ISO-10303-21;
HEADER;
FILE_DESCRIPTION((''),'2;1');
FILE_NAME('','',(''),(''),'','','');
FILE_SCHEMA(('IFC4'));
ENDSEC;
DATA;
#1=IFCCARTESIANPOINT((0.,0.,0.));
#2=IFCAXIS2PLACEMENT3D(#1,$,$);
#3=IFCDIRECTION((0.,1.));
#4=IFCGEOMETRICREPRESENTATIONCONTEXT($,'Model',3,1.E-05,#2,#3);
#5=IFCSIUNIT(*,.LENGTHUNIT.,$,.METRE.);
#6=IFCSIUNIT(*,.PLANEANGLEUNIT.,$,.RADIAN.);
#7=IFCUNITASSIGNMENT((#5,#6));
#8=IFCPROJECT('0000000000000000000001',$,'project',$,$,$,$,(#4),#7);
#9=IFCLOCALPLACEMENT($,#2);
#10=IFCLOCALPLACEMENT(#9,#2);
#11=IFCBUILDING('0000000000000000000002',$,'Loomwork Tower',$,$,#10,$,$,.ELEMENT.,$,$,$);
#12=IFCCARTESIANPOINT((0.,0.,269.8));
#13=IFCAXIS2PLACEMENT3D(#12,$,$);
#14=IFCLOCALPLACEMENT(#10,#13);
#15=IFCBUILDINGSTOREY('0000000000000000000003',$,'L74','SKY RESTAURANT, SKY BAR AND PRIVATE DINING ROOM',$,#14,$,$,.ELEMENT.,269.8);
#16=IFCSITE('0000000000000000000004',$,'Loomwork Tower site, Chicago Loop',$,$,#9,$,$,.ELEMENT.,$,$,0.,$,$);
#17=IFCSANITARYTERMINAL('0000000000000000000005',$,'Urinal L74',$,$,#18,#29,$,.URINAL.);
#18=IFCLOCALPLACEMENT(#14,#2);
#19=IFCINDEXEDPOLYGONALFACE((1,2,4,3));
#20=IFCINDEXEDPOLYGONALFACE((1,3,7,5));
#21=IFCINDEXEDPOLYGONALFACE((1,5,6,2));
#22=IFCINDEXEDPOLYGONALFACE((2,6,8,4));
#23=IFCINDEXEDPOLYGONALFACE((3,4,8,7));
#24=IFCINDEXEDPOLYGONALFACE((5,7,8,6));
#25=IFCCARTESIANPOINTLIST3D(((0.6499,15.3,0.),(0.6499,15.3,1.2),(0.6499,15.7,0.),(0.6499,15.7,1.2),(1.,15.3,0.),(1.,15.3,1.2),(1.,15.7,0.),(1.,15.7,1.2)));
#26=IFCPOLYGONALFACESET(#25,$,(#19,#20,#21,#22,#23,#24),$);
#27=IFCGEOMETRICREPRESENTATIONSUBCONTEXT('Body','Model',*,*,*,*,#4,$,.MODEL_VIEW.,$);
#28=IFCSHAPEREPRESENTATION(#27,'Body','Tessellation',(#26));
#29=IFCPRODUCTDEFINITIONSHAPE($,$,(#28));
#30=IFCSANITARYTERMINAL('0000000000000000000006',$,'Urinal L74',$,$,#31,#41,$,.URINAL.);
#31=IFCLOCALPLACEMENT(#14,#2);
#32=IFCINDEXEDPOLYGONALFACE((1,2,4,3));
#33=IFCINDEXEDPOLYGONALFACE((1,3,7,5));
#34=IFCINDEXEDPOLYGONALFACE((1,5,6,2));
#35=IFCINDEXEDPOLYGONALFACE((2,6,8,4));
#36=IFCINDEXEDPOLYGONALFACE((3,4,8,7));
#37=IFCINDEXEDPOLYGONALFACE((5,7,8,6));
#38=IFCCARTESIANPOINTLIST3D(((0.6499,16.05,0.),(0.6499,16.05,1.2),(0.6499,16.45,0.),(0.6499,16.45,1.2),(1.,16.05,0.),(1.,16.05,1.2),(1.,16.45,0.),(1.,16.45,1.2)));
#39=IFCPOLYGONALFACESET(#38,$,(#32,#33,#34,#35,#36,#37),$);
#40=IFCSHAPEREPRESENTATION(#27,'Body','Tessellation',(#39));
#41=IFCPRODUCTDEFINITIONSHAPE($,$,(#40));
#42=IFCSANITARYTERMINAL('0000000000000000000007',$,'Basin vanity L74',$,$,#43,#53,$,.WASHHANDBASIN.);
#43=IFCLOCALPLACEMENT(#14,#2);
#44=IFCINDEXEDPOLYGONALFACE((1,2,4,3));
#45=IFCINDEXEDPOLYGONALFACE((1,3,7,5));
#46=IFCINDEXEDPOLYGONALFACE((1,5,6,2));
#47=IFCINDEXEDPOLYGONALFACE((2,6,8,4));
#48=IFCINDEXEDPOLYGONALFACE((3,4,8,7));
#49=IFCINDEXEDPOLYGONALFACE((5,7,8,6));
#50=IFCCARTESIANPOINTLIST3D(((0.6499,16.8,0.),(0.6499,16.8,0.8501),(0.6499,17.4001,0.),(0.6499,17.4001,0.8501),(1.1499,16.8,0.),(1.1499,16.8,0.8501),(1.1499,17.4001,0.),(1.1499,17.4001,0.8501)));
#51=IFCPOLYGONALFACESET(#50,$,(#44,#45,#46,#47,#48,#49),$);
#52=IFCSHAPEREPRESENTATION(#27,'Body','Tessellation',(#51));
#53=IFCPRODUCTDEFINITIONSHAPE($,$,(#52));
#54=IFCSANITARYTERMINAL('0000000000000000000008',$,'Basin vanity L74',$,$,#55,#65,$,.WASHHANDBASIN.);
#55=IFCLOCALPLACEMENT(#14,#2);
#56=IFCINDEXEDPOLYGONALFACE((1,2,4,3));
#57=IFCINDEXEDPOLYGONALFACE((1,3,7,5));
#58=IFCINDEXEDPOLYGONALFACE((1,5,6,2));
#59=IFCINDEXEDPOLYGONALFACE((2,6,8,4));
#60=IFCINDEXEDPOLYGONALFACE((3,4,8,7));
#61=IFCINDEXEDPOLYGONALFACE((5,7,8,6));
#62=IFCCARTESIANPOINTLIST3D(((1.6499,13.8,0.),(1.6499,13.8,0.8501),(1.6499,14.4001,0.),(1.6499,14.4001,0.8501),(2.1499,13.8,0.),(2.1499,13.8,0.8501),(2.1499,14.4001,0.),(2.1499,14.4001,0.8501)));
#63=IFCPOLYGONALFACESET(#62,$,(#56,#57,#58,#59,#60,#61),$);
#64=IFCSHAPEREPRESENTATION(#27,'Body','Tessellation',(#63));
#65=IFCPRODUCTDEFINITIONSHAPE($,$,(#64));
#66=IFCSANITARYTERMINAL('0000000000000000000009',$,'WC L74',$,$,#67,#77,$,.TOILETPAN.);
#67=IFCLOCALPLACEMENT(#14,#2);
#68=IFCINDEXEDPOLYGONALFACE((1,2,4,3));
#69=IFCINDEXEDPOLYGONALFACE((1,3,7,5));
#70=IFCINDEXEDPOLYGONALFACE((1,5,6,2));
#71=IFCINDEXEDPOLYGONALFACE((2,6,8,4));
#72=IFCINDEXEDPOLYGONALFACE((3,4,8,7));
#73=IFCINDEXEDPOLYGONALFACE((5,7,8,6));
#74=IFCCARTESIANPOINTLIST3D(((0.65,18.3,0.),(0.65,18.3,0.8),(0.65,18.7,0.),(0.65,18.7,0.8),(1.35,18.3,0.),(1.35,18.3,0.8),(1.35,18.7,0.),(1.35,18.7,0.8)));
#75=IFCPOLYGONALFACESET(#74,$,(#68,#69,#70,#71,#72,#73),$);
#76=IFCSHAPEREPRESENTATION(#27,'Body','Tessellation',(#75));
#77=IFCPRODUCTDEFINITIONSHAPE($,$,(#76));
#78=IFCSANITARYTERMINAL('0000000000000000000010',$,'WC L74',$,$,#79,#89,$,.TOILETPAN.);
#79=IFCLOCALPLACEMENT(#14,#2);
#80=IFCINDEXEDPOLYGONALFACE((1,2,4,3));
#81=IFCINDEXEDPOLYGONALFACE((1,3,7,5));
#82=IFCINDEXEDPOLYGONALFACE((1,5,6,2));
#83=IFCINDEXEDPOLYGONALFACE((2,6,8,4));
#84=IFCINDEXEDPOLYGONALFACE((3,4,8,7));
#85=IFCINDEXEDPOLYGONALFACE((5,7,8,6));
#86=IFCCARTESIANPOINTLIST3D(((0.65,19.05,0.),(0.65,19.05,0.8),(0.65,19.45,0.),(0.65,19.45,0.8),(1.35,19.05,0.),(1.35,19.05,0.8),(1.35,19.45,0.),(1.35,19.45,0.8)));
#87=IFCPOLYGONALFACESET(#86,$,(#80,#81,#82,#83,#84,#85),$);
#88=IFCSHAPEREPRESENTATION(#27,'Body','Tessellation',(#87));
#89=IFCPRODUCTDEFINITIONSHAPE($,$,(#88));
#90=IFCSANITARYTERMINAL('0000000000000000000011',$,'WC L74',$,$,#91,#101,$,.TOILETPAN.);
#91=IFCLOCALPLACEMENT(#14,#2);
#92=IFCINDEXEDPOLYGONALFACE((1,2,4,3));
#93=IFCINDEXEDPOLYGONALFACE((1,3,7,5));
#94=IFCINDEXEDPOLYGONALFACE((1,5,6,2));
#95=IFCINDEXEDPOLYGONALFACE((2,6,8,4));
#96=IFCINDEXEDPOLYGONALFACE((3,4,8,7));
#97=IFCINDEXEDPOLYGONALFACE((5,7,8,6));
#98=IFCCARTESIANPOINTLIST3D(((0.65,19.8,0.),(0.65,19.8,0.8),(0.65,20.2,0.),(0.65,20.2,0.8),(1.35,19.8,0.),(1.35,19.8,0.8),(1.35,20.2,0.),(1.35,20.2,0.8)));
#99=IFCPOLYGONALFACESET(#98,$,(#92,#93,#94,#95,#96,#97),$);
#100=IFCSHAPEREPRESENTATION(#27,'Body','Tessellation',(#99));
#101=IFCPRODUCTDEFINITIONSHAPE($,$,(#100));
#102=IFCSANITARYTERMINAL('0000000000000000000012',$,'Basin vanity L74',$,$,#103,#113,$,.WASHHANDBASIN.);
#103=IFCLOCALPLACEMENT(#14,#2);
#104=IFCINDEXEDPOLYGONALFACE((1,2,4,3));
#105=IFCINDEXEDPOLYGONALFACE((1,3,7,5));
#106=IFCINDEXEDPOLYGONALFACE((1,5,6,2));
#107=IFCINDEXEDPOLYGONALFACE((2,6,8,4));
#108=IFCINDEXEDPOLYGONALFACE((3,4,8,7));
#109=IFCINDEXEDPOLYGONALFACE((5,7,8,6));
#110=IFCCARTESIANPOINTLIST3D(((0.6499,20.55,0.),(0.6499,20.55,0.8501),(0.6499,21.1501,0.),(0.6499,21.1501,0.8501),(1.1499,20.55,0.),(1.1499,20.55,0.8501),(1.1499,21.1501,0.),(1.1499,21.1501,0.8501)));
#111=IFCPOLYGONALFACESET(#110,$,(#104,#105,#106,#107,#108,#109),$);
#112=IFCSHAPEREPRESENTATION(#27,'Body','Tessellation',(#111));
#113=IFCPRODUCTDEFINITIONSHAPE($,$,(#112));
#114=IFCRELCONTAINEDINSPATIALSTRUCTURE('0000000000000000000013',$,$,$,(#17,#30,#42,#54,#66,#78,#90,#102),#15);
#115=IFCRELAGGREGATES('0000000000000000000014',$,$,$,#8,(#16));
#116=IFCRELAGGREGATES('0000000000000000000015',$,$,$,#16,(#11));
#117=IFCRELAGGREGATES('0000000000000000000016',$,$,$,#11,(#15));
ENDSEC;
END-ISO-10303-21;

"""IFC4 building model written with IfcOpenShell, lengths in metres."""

from ifc_helpers import new_model, si_unit, direction, frame, origin, origin_2d, place, context, subcontext, project, spatial, rectangle, extrude, element, save


model = new_model("IFC4")

# Units and contexts
model_context = context("Model", 3, precision=1e-05, world=origin(), true_north=direction((0.0, 1.0)))
body_context = subcontext(model_context, "Body", "Model", "MODEL_VIEW")
ifc_project = project(units=[si_unit("LENGTHUNIT", "METRE"), si_unit("PLANEANGLEUNIT", "RADIAN")], contexts=[model_context])

# Site, building, storey
site_placement = place(None, origin())
site = spatial("IfcSite", under=ifc_project, at=site_placement, Name="Loomwork Tower site, Chicago Loop", CompositionType="ELEMENT", RefElevation=0.0)
building_placement = place(site_placement, origin())
building = spatial("IfcBuilding", under=site, at=building_placement, Name="Loomwork Tower", CompositionType="ELEMENT")
storey_placement = place(building_placement, frame((0.0, 0.0, 269.8)))
storey = spatial("IfcBuildingStorey", under=building, at=storey_placement, Name="L74", Description="SKY RESTAURANT, SKY BAR AND PRIVATE DINING ROOM", CompositionType="ELEMENT", Elevation=269.8)

# Sanitary terminals
for number, where, z_axis, x_axis, name in (
    (1, (0.825, 15.5, 0.0), (0.0, 0.0, 1.0), (1.0, 0.0, 0.0), "Urinal L74"),
    (2, (0.825, 16.25, 0.0), (0.0, 0.0, 1.0), (1.0, 0.0, 0.0), "Urinal L74"),
):
    element("IfcSanitaryTerminal", number, at=place(storey_placement, frame(where, z_axis=z_axis, x_axis=x_axis)), inside=storey, Name=name, PredefinedType="URINAL", context=body_context, shape_type="SweptSolid", body=[
        extrude(rectangle(XDim=0.3501, YDim=0.3999, at=origin_2d()), origin(), (0.0, 0.0, 1.0), 1.2),
    ])
for number, where, z_axis, x_axis, name in (
    (3, (0.8999, 17.1001, 0.0), (0.0, 0.0, 1.0), (1.0, 0.0, 0.0), "Basin vanity L74"),
    (4, (1.8999, 14.1001, 0.0), (0.0, 0.0, 1.0), (1.0, 0.0, 0.0), "Basin vanity L74"),
):
    element("IfcSanitaryTerminal", number, at=place(storey_placement, frame(where, z_axis=z_axis, x_axis=x_axis)), inside=storey, Name=name, PredefinedType="WASHHANDBASIN", context=body_context, shape_type="SweptSolid", body=[
        extrude(rectangle(XDim=0.5, YDim=0.6001, at=origin_2d()), origin(), (0.0, 0.0, 1.0), 0.8501),
    ])
for number, where, z_axis, x_axis, name in (
    (5, (1.0, 18.5, 0.0), (0.0, 0.0, 1.0), (1.0, 0.0, 0.0), "WC L74"),
    (6, (1.0, 19.25, 0.0), (0.0, 0.0, 1.0), (1.0, 0.0, 0.0), "WC L74"),
    (7, (1.0, 20.0, 0.0), (0.0, 0.0, 1.0), (1.0, 0.0, 0.0), "WC L74"),
):
    element("IfcSanitaryTerminal", number, at=place(storey_placement, frame(where, z_axis=z_axis, x_axis=x_axis)), inside=storey, Name=name, PredefinedType="TOILETPAN", context=body_context, shape_type="SweptSolid", body=[
        extrude(rectangle(XDim=0.7, YDim=0.3999, at=origin_2d()), origin(), (0.0, 0.0, 1.0), 0.8),
    ])
sanitary_terminal_placement = place(storey_placement, frame((0.8999, 20.8501, 0.0), z_axis=(0.0, 0.0, 1.0), x_axis=(1.0, 0.0, 0.0)))
element("IfcSanitaryTerminal", 8, at=sanitary_terminal_placement, inside=storey, Name="Basin vanity L74", PredefinedType="WASHHANDBASIN", context=body_context, shape_type="SweptSolid", body=[
    extrude(rectangle(XDim=0.5, YDim=0.6001, at=origin_2d()), origin(), (0.0, 0.0, 1.0), 0.8501),
])

save(model, "model.ifc")
